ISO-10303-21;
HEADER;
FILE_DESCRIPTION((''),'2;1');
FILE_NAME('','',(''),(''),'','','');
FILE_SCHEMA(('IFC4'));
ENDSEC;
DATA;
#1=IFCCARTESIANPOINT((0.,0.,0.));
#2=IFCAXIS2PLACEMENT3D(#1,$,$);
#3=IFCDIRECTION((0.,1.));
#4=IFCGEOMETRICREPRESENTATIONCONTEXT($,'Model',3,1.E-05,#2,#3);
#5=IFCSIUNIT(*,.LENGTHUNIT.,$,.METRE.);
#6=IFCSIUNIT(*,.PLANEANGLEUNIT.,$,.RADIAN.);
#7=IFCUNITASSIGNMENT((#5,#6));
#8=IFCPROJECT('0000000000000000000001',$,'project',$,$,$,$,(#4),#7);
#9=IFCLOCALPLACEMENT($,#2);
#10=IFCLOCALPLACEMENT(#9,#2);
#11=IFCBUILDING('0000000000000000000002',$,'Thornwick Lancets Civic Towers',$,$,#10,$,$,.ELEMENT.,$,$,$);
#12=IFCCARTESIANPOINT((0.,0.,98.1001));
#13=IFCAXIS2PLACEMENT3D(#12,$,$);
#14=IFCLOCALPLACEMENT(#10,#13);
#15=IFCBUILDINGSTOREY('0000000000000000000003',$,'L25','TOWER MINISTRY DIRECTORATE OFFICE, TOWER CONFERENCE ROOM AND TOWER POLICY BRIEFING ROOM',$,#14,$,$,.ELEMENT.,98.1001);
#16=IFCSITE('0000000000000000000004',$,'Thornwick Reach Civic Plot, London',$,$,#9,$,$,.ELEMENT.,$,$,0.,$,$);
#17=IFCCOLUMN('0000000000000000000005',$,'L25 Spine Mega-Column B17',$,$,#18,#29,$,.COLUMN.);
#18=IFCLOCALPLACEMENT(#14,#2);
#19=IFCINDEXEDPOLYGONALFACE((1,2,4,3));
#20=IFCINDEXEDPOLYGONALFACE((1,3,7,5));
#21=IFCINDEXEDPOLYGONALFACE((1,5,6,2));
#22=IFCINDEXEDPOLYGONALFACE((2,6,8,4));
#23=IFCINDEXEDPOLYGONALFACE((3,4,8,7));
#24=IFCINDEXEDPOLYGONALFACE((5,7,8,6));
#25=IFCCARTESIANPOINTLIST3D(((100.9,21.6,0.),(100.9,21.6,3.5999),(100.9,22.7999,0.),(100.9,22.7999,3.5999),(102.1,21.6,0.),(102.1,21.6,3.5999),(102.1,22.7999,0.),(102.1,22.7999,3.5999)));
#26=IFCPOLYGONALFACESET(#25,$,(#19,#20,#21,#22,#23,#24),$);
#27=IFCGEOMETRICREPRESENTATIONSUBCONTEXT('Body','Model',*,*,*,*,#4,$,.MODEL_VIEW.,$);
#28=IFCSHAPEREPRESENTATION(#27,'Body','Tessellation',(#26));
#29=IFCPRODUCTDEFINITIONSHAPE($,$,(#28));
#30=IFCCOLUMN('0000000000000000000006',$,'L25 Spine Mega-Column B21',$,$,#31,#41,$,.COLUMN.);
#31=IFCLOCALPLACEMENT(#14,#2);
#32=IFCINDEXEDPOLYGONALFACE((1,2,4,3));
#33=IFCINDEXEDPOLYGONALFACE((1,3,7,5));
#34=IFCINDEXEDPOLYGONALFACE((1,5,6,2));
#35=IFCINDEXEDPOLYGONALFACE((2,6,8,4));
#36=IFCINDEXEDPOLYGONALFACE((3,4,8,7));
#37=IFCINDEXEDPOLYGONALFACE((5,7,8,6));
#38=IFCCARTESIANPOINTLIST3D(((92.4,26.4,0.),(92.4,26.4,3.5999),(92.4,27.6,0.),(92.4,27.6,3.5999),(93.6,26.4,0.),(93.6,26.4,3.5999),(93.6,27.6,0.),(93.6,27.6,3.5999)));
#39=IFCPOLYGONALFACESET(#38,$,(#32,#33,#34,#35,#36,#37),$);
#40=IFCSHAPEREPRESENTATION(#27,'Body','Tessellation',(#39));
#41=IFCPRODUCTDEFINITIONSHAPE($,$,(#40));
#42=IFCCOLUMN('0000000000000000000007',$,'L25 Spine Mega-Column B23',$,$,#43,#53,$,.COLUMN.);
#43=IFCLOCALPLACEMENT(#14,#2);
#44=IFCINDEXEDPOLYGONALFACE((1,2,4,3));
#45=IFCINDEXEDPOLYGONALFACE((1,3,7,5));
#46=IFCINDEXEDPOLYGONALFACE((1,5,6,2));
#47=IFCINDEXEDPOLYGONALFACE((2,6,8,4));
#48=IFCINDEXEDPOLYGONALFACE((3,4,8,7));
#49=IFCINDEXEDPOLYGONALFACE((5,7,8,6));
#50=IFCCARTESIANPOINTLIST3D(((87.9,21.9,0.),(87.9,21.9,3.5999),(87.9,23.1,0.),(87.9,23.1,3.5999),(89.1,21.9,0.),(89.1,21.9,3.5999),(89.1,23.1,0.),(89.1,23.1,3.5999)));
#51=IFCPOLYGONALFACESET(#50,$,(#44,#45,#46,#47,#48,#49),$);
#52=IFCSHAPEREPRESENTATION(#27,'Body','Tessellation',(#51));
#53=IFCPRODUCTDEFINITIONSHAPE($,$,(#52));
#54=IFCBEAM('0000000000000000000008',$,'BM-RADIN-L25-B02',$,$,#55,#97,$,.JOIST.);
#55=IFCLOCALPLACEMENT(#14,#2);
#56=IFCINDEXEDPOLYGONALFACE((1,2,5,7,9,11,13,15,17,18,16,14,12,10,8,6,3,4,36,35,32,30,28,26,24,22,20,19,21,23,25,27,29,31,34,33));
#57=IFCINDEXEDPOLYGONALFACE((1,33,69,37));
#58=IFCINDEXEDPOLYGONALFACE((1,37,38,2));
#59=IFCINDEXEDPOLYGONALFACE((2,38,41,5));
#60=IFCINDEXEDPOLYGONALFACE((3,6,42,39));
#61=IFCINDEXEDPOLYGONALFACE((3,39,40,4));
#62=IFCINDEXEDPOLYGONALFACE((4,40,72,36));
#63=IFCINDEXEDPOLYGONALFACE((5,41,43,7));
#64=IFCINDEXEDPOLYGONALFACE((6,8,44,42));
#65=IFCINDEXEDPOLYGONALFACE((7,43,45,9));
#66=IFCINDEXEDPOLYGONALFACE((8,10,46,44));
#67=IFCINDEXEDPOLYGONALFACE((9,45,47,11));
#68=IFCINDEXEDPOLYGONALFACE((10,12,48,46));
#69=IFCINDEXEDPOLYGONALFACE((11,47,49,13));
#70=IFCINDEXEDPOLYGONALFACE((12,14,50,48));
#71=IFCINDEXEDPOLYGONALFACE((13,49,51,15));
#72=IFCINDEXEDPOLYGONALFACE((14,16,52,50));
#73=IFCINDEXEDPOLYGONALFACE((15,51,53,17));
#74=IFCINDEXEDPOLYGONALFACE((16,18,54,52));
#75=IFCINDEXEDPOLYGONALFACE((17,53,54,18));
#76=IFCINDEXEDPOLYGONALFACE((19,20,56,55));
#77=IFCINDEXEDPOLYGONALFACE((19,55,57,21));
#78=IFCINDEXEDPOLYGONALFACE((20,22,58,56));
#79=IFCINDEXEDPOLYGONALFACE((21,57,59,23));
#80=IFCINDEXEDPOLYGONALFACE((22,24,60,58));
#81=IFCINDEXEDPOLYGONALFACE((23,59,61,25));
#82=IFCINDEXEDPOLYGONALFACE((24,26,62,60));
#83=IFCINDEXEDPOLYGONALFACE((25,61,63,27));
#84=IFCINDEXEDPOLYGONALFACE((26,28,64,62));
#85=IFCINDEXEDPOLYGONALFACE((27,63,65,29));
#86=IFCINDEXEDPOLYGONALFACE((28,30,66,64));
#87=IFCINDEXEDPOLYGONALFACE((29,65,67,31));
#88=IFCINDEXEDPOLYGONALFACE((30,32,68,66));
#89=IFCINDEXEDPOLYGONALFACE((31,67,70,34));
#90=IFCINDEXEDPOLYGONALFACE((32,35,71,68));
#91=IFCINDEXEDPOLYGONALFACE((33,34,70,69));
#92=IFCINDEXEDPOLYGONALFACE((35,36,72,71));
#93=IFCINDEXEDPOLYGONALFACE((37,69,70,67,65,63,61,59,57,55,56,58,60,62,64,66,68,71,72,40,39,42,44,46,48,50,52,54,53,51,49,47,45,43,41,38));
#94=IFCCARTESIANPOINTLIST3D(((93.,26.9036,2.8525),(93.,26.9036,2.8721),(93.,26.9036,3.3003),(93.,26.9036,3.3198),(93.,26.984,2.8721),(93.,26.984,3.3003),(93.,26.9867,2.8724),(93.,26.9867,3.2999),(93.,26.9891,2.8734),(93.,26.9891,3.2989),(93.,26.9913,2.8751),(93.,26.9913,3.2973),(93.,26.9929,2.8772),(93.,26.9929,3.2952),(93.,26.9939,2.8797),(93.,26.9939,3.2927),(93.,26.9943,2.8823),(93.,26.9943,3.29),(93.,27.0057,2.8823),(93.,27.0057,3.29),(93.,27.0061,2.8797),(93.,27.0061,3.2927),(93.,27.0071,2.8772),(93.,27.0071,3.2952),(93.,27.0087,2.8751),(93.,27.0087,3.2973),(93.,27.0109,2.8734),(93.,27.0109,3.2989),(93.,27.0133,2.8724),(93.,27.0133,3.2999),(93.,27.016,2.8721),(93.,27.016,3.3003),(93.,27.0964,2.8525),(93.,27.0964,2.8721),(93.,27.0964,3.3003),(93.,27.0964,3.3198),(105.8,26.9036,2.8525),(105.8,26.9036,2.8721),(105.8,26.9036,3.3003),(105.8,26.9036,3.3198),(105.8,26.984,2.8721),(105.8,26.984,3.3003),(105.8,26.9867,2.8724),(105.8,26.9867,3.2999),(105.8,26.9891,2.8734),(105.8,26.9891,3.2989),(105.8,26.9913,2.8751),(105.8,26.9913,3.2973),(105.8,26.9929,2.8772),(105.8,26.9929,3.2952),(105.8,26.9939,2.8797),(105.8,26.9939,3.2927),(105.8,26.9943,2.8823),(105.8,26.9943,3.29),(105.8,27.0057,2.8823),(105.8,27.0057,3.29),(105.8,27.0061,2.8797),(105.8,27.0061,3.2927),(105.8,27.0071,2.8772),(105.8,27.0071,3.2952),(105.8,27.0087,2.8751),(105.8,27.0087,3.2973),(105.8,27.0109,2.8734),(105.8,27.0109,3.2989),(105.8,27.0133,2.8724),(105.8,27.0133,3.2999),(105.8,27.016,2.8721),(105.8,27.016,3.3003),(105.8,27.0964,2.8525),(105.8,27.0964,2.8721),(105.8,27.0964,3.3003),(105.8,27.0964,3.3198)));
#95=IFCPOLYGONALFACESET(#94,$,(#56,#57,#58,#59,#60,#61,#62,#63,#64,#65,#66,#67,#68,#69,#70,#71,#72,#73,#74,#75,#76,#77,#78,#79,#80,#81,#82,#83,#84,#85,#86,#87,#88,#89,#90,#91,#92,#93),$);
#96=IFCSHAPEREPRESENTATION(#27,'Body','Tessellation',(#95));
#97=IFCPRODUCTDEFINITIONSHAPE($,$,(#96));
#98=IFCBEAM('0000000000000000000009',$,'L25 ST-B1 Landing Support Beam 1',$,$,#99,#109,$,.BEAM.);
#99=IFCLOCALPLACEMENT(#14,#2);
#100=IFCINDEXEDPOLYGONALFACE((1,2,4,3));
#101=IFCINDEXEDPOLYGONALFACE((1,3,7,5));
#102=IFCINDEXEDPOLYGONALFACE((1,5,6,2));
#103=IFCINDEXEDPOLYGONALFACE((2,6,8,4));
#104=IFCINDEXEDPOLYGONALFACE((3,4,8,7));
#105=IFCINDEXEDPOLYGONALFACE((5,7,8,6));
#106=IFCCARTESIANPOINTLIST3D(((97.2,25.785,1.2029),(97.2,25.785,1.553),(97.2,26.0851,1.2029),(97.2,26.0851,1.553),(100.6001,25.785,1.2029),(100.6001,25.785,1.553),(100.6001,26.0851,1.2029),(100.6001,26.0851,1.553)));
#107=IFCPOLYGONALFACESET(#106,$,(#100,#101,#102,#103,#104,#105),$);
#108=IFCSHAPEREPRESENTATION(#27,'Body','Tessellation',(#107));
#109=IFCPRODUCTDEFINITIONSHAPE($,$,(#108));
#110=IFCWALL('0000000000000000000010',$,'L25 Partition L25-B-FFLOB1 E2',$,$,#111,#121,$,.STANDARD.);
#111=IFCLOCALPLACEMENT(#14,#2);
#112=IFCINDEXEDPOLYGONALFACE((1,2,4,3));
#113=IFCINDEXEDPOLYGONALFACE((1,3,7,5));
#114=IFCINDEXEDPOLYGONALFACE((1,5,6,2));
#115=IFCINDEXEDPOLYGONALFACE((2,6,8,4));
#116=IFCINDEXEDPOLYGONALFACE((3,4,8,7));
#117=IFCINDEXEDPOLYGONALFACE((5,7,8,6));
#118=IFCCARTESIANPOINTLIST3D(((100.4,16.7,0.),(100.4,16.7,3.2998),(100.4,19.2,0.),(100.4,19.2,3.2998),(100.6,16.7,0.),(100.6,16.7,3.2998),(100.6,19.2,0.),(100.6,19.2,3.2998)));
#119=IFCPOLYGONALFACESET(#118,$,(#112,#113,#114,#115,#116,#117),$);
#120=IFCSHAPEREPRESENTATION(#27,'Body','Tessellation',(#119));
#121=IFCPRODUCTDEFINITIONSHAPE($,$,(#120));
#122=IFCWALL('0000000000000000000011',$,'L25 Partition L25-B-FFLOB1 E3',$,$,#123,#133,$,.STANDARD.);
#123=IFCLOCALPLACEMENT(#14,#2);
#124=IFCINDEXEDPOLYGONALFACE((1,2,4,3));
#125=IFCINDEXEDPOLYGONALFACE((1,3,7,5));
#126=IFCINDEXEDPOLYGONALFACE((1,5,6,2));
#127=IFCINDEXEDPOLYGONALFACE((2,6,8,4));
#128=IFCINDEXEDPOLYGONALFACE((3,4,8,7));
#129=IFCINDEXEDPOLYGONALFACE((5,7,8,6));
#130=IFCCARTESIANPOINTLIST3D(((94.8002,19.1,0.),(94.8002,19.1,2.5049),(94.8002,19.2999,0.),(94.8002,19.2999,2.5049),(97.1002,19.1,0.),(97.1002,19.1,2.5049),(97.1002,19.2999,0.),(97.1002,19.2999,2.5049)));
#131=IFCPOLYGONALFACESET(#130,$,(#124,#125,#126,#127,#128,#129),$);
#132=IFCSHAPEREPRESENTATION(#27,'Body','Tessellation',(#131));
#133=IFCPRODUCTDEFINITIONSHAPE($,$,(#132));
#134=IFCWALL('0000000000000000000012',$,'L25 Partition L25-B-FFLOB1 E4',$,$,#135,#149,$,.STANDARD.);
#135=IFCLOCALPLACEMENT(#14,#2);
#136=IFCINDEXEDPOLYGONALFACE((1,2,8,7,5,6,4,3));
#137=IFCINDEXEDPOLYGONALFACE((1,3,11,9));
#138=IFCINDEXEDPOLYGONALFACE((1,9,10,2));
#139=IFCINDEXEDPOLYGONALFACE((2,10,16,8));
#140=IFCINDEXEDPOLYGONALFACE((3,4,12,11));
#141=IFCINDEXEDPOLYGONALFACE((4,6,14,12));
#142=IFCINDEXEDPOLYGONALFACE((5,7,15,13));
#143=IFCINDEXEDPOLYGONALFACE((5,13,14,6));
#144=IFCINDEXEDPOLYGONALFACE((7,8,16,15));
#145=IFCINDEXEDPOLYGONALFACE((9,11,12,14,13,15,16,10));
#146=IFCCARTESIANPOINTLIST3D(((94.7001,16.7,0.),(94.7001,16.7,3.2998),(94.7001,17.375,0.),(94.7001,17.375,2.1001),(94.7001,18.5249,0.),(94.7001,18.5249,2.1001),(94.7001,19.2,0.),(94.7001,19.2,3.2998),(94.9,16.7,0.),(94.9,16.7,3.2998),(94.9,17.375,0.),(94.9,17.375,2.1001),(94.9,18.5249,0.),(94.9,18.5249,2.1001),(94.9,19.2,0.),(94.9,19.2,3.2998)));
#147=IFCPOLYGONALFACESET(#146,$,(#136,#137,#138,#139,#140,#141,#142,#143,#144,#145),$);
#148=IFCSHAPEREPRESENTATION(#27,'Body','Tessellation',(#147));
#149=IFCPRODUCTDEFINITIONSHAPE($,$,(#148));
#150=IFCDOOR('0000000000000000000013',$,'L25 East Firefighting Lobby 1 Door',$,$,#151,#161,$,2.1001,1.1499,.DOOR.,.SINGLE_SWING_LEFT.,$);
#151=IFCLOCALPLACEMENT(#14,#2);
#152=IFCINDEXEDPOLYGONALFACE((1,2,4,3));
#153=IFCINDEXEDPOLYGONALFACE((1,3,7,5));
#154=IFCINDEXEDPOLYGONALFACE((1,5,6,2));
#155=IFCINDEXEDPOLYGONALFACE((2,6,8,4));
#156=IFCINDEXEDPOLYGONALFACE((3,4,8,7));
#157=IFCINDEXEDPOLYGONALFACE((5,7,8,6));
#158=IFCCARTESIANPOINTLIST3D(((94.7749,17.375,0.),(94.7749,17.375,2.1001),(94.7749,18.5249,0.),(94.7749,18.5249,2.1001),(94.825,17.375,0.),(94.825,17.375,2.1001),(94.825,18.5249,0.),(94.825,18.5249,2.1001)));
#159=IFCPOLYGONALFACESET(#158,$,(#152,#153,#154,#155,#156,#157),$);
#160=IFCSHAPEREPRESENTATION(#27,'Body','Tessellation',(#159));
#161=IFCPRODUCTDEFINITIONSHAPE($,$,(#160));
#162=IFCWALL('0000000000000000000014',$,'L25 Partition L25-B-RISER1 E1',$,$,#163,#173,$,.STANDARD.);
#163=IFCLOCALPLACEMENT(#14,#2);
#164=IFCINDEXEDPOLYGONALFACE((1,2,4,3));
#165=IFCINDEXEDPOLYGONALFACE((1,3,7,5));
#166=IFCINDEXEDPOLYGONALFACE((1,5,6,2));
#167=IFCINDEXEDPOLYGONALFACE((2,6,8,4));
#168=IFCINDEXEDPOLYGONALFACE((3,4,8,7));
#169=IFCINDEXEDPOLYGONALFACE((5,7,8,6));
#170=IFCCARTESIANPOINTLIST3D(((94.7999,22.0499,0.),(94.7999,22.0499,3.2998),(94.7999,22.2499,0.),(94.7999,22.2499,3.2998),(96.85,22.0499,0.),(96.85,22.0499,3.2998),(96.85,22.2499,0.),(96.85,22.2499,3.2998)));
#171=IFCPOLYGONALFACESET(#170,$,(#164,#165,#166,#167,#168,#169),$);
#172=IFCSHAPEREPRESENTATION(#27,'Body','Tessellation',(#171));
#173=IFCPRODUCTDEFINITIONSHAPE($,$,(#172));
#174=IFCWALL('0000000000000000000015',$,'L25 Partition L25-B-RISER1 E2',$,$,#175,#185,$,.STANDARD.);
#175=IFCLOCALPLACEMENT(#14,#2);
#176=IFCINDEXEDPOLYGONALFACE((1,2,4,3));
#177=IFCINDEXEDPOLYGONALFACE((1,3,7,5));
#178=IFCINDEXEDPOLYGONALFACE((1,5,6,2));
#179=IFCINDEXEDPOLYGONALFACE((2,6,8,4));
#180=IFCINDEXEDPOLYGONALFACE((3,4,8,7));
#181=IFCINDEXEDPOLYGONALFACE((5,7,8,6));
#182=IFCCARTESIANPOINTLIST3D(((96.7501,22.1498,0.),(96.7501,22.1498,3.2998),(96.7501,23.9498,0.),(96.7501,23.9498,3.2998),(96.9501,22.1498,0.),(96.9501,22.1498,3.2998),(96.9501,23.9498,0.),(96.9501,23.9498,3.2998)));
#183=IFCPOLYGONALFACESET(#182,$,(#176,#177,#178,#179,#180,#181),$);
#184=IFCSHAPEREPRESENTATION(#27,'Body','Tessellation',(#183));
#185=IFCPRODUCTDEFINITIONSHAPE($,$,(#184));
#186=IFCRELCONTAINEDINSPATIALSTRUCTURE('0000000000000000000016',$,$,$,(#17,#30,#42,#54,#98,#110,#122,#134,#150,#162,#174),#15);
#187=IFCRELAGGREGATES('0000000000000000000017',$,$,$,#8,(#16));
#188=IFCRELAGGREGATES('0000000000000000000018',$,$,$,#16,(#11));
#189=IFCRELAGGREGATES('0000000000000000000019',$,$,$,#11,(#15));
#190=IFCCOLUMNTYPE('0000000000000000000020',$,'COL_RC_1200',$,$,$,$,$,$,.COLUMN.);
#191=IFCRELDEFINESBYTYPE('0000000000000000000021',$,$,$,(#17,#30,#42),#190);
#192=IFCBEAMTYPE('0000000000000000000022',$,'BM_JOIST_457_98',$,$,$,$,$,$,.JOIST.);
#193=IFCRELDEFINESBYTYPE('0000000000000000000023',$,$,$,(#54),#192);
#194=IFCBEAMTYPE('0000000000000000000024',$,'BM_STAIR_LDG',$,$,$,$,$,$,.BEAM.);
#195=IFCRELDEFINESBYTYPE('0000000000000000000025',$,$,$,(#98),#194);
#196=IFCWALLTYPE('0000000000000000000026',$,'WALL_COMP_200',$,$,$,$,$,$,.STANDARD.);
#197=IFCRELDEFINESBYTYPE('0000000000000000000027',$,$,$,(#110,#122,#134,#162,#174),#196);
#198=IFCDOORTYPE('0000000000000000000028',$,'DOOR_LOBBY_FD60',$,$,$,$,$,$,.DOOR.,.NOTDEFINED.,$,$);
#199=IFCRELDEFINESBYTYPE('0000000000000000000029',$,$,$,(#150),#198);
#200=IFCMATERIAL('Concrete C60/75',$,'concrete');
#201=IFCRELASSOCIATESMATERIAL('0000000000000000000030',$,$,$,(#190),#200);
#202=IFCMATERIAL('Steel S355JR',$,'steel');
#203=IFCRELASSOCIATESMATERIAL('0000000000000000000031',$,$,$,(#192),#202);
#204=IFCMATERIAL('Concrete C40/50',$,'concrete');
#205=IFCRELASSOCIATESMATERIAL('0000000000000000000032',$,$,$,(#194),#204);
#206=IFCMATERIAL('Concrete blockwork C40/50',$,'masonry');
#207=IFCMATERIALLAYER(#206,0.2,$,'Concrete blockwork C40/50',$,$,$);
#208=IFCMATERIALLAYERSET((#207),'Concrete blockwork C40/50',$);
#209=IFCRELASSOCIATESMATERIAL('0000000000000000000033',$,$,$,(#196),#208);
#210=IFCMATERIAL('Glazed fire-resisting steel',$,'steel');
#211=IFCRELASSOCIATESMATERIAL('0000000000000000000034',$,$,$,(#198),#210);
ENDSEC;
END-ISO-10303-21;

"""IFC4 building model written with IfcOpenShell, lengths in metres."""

from ifc_helpers import new_model, si_unit, direction, frame, frame_2d, origin, origin_2d, place, context, subcontext, project, spatial, rectangle, i_section, extrude, material, layer, layer_set, material_profile, profile_set, type_object, element, fill, save


model = new_model("IFC4")

# Units and contexts
model_context = context("Model", 3, precision=1e-05, world=origin(), true_north=direction((0.0, 1.0)))
body_context = subcontext(model_context, "Body", "Model", "MODEL_VIEW")
ifc_project = project(units=[si_unit("LENGTHUNIT", "METRE"), si_unit("PLANEANGLEUNIT", "RADIAN")], contexts=[model_context])

# Site, building, storey
site_placement = place(None, origin())
site = spatial("IfcSite", under=ifc_project, at=site_placement, Name="Thornwick Reach Civic Plot, London", CompositionType="ELEMENT", RefElevation=0.0)
building_placement = place(site_placement, origin())
building = spatial("IfcBuilding", under=site, at=building_placement, Name="Thornwick Lancets Civic Towers", CompositionType="ELEMENT")
storey_placement = place(building_placement, frame((0.0, 0.0, 98.1001)))
storey = spatial("IfcBuildingStorey", under=building, at=storey_placement, Name="L25", Description="TOWER MINISTRY DIRECTORATE OFFICE, TOWER CONFERENCE ROOM AND TOWER POLICY BRIEFING ROOM", CompositionType="ELEMENT", Elevation=98.1001)

# Columns
ifc_material_1 = material(Name="Concrete C60/75", Category="concrete")
ifc_material_profile_1 = material_profile(ifc_material_1, rectangle(XDim=1.2, YDim=1.2, at=origin_2d()), Name="RC 1200x1200")
ifc_profile_set_1 = profile_set([ifc_material_profile_1], Name="Concrete C60/75")
column_type = type_object("IfcColumnType", Name="COL_RC_1200", PredefinedType="COLUMN", material=ifc_profile_set_1)
for number, where, z_axis, x_axis, name in (
    (1, (101.5, 22.2, 0.0), (0.0, 0.0, 1.0), (1.0, 0.0, 0.0), "L25 Spine Mega-Column B17"),
    (2, (93.0, 27.0, 0.0), (0.0, 0.0, 1.0), (1.0, 0.0, 0.0), "L25 Spine Mega-Column B21"),
    (3, (88.5, 22.5, 0.0), (0.0, 0.0, 1.0), (1.0, 0.0, 0.0), "L25 Spine Mega-Column B23"),
):
    element("IfcColumn", number, at=place(storey_placement, frame(where, z_axis=z_axis, x_axis=x_axis)), inside=storey, type_object=column_type, Name=name, PredefinedType="COLUMN", context=body_context, shape_type="SweptSolid", body=[
        extrude(rectangle(XDim=1.2, YDim=1.2, at=origin_2d()), origin(), (0.0, 0.0, 1.0), 3.5999),
    ])

# Beams
ifc_material_2 = material(Name="Steel S355JR", Category="steel")
ifc_material_profile_2 = material_profile(ifc_material_2, i_section(OverallWidth=0.1929, OverallDepth=0.4673, WebThickness=0.0115, FlangeThickness=0.0195, FilletRadius=0.0103, at=origin_2d()), Name="UKB 457x191x98")
ifc_profile_set_2 = profile_set([ifc_material_profile_2], Name="Steel S355JR")
beam_type_1 = type_object("IfcBeamType", Name="BM_JOIST_457_98", PredefinedType="JOIST", material=ifc_profile_set_2)
beam_1_placement = place(storey_placement, frame((93.0, 27.0, 3.0862), z_axis=(1.0, 0.0, 0.0), x_axis=(0.0, 1.0, 0.0)))
element("IfcBeam", 4, at=beam_1_placement, inside=storey, type_object=beam_type_1, Name="BM-RADIN-L25-B02", PredefinedType="JOIST", context=body_context, shape_type="SweptSolid", body=[
    extrude(i_section(OverallWidth=0.1929, OverallDepth=0.4673, WebThickness=0.0115, FlangeThickness=0.0195, FilletRadius=0.0103, at=origin_2d()), origin(), (0.0, 0.0, 1.0), 12.8),
])
ifc_material_3 = material(Name="Concrete C40/50", Category="concrete")
ifc_material_profile_3 = material_profile(ifc_material_3, rectangle(XDim=0.3, YDim=0.3501, at=origin_2d()), Name="RC 300x350")
ifc_profile_set_3 = profile_set([ifc_material_profile_3], Name="Concrete C40/50")
beam_type_2 = type_object("IfcBeamType", Name="BM_STAIR_LDG", PredefinedType="BEAM", material=ifc_profile_set_3)
beam_2_placement = place(storey_placement, frame((100.6001, 25.9351, 1.3779), z_axis=(-1.0, 0.0, 0.0), x_axis=(0.0, -1.0, 0.0)))
element("IfcBeam", 5, at=beam_2_placement, inside=storey, type_object=beam_type_2, Name="L25 ST-B1 Landing Support Beam 1", PredefinedType="BEAM", context=body_context, shape_type="SweptSolid", body=[
    extrude(rectangle(XDim=0.3, YDim=0.3501, at=origin_2d()), origin(), (0.0, 0.0, 1.0), 3.4001),
])

# Walls
ifc_material_4 = material(Name="Concrete blockwork C40/50", Category="masonry")
ifc_layer_1 = layer(ifc_material_4, 0.2, Name="Concrete blockwork C40/50")
ifc_layer_set_1 = layer_set([ifc_layer_1], Name="Concrete blockwork C40/50")
wall_type_1 = type_object("IfcWallType", Name="WALL_COMP_200", PredefinedType="STANDARD", material=ifc_layer_set_1)
wall_1_placement = place(storey_placement, frame((100.5, 16.7, 0.0), z_axis=(0.0, 0.0, 1.0), x_axis=(0.0, 1.0, 0.0)))
element("IfcWall", 6, at=wall_1_placement, inside=storey, type_object=wall_type_1, Name="L25 Partition L25-B-FFLOB1 E2", PredefinedType="STANDARD", context=body_context, shape_type="SweptSolid", body=[
    extrude(rectangle(XDim=2.5, YDim=0.2, at=frame_2d((1.25, 0.0))), origin(), (0.0, 0.0, 1.0), 3.2998),
])
wall_2_placement = place(storey_placement, frame((97.1001, 19.2, 0.0), z_axis=(0.0, 0.0, 1.0), x_axis=(-1.0, 0.0, 0.0)))
element("IfcWall", 7, at=wall_2_placement, inside=storey, type_object=wall_type_1, Name="L25 Partition L25-B-FFLOB1 E3", PredefinedType="STANDARD", context=body_context, shape_type="SweptSolid", body=[
    extrude(rectangle(XDim=2.3, YDim=0.2, at=frame_2d((1.1499, 0.0))), origin(), (0.0, 0.0, 1.0), 2.5049),
])

# Wall, opening, door
wall_3_placement = place(storey_placement, frame((94.8, 19.2, 0.0), z_axis=(0.0, 0.0, 1.0), x_axis=(0.0, -1.0, 0.0)))
wall_3 = element("IfcWall", 8, at=wall_3_placement, inside=storey, type_object=wall_type_1, Name="L25 Partition L25-B-FFLOB1 E4", PredefinedType="STANDARD", context=body_context, shape_type="SweptSolid", body=[
    extrude(rectangle(XDim=2.5, YDim=0.2, at=frame_2d((1.25, 0.0))), origin(), (0.0, 0.0, 1.0), 3.2998),
])
opening_1_placement = place(wall_3_placement, frame((0.675, 0.0, 0.0)))
opening_1 = element("IfcOpeningElement", 9, at=opening_1_placement, cuts=wall_3, PredefinedType="OPENING", context=body_context, shape_type="SweptSolid", body=[
    extrude(rectangle(XDim=1.1499, YDim=2.1001, at=frame_2d((0.575, 1.05))), frame((0.0, 0.1099, 0.0), z_axis=(0.0, -1.0, 0.0), x_axis=(1.0, 0.0, 0.0)), (0.0, 0.0, 1.0), 0.22),
])
ifc_material_5 = material(Name="Glazed fire-resisting steel", Category="steel")
door_type_1 = type_object("IfcDoorType", Name="DOOR_LOBBY_FD60", OperationType="NOTDEFINED", PredefinedType="DOOR", material=ifc_material_5)
door_1_placement = place(opening_1_placement, origin())
door_1 = element("IfcDoor", 10, at=door_1_placement, inside=storey, type_object=door_type_1, Name="L25 East Firefighting Lobby 1 Door", OperationType="SINGLE_SWING_LEFT", OverallHeight=2.1001, OverallWidth=1.1499, PredefinedType="DOOR", context=body_context, shape_type="SweptSolid", body=[
    extrude(rectangle(XDim=1.1499, YDim=2.1001, at=frame_2d((0.575, 1.05))), frame((0.0, 0.0249, 0.0), z_axis=(0.0, -1.0, 0.0), x_axis=(1.0, 0.0, 0.0)), (0.0, 0.0, 1.0), 0.05),
])
fill(opening_1, door_1)

# Walls
wall_4_placement = place(storey_placement, frame((94.8, 22.1499, 0.0), z_axis=(0.0, 0.0, 1.0), x_axis=(1.0, 0.0, 0.0)))
element("IfcWall", 11, at=wall_4_placement, inside=storey, type_object=wall_type_1, Name="L25 Partition L25-B-RISER1 E1", PredefinedType="STANDARD", context=body_context, shape_type="SweptSolid", body=[
    extrude(rectangle(XDim=2.05, YDim=0.2, at=frame_2d((1.0249, 0.0))), origin(), (0.0, 0.0, 1.0), 3.2998),
])
wall_5_placement = place(storey_placement, frame((96.8501, 22.1499, 0.0), z_axis=(0.0, 0.0, 1.0), x_axis=(0.0, 1.0, 0.0)))
element("IfcWall", 12, at=wall_5_placement, inside=storey, type_object=wall_type_1, Name="L25 Partition L25-B-RISER1 E2", PredefinedType="STANDARD", context=body_context, shape_type="SweptSolid", body=[
    extrude(rectangle(XDim=1.8, YDim=0.2, at=frame_2d((0.8999, 0.0))), origin(), (0.0, 0.0, 1.0), 3.2998),
])

save(model, "model.ifc")
